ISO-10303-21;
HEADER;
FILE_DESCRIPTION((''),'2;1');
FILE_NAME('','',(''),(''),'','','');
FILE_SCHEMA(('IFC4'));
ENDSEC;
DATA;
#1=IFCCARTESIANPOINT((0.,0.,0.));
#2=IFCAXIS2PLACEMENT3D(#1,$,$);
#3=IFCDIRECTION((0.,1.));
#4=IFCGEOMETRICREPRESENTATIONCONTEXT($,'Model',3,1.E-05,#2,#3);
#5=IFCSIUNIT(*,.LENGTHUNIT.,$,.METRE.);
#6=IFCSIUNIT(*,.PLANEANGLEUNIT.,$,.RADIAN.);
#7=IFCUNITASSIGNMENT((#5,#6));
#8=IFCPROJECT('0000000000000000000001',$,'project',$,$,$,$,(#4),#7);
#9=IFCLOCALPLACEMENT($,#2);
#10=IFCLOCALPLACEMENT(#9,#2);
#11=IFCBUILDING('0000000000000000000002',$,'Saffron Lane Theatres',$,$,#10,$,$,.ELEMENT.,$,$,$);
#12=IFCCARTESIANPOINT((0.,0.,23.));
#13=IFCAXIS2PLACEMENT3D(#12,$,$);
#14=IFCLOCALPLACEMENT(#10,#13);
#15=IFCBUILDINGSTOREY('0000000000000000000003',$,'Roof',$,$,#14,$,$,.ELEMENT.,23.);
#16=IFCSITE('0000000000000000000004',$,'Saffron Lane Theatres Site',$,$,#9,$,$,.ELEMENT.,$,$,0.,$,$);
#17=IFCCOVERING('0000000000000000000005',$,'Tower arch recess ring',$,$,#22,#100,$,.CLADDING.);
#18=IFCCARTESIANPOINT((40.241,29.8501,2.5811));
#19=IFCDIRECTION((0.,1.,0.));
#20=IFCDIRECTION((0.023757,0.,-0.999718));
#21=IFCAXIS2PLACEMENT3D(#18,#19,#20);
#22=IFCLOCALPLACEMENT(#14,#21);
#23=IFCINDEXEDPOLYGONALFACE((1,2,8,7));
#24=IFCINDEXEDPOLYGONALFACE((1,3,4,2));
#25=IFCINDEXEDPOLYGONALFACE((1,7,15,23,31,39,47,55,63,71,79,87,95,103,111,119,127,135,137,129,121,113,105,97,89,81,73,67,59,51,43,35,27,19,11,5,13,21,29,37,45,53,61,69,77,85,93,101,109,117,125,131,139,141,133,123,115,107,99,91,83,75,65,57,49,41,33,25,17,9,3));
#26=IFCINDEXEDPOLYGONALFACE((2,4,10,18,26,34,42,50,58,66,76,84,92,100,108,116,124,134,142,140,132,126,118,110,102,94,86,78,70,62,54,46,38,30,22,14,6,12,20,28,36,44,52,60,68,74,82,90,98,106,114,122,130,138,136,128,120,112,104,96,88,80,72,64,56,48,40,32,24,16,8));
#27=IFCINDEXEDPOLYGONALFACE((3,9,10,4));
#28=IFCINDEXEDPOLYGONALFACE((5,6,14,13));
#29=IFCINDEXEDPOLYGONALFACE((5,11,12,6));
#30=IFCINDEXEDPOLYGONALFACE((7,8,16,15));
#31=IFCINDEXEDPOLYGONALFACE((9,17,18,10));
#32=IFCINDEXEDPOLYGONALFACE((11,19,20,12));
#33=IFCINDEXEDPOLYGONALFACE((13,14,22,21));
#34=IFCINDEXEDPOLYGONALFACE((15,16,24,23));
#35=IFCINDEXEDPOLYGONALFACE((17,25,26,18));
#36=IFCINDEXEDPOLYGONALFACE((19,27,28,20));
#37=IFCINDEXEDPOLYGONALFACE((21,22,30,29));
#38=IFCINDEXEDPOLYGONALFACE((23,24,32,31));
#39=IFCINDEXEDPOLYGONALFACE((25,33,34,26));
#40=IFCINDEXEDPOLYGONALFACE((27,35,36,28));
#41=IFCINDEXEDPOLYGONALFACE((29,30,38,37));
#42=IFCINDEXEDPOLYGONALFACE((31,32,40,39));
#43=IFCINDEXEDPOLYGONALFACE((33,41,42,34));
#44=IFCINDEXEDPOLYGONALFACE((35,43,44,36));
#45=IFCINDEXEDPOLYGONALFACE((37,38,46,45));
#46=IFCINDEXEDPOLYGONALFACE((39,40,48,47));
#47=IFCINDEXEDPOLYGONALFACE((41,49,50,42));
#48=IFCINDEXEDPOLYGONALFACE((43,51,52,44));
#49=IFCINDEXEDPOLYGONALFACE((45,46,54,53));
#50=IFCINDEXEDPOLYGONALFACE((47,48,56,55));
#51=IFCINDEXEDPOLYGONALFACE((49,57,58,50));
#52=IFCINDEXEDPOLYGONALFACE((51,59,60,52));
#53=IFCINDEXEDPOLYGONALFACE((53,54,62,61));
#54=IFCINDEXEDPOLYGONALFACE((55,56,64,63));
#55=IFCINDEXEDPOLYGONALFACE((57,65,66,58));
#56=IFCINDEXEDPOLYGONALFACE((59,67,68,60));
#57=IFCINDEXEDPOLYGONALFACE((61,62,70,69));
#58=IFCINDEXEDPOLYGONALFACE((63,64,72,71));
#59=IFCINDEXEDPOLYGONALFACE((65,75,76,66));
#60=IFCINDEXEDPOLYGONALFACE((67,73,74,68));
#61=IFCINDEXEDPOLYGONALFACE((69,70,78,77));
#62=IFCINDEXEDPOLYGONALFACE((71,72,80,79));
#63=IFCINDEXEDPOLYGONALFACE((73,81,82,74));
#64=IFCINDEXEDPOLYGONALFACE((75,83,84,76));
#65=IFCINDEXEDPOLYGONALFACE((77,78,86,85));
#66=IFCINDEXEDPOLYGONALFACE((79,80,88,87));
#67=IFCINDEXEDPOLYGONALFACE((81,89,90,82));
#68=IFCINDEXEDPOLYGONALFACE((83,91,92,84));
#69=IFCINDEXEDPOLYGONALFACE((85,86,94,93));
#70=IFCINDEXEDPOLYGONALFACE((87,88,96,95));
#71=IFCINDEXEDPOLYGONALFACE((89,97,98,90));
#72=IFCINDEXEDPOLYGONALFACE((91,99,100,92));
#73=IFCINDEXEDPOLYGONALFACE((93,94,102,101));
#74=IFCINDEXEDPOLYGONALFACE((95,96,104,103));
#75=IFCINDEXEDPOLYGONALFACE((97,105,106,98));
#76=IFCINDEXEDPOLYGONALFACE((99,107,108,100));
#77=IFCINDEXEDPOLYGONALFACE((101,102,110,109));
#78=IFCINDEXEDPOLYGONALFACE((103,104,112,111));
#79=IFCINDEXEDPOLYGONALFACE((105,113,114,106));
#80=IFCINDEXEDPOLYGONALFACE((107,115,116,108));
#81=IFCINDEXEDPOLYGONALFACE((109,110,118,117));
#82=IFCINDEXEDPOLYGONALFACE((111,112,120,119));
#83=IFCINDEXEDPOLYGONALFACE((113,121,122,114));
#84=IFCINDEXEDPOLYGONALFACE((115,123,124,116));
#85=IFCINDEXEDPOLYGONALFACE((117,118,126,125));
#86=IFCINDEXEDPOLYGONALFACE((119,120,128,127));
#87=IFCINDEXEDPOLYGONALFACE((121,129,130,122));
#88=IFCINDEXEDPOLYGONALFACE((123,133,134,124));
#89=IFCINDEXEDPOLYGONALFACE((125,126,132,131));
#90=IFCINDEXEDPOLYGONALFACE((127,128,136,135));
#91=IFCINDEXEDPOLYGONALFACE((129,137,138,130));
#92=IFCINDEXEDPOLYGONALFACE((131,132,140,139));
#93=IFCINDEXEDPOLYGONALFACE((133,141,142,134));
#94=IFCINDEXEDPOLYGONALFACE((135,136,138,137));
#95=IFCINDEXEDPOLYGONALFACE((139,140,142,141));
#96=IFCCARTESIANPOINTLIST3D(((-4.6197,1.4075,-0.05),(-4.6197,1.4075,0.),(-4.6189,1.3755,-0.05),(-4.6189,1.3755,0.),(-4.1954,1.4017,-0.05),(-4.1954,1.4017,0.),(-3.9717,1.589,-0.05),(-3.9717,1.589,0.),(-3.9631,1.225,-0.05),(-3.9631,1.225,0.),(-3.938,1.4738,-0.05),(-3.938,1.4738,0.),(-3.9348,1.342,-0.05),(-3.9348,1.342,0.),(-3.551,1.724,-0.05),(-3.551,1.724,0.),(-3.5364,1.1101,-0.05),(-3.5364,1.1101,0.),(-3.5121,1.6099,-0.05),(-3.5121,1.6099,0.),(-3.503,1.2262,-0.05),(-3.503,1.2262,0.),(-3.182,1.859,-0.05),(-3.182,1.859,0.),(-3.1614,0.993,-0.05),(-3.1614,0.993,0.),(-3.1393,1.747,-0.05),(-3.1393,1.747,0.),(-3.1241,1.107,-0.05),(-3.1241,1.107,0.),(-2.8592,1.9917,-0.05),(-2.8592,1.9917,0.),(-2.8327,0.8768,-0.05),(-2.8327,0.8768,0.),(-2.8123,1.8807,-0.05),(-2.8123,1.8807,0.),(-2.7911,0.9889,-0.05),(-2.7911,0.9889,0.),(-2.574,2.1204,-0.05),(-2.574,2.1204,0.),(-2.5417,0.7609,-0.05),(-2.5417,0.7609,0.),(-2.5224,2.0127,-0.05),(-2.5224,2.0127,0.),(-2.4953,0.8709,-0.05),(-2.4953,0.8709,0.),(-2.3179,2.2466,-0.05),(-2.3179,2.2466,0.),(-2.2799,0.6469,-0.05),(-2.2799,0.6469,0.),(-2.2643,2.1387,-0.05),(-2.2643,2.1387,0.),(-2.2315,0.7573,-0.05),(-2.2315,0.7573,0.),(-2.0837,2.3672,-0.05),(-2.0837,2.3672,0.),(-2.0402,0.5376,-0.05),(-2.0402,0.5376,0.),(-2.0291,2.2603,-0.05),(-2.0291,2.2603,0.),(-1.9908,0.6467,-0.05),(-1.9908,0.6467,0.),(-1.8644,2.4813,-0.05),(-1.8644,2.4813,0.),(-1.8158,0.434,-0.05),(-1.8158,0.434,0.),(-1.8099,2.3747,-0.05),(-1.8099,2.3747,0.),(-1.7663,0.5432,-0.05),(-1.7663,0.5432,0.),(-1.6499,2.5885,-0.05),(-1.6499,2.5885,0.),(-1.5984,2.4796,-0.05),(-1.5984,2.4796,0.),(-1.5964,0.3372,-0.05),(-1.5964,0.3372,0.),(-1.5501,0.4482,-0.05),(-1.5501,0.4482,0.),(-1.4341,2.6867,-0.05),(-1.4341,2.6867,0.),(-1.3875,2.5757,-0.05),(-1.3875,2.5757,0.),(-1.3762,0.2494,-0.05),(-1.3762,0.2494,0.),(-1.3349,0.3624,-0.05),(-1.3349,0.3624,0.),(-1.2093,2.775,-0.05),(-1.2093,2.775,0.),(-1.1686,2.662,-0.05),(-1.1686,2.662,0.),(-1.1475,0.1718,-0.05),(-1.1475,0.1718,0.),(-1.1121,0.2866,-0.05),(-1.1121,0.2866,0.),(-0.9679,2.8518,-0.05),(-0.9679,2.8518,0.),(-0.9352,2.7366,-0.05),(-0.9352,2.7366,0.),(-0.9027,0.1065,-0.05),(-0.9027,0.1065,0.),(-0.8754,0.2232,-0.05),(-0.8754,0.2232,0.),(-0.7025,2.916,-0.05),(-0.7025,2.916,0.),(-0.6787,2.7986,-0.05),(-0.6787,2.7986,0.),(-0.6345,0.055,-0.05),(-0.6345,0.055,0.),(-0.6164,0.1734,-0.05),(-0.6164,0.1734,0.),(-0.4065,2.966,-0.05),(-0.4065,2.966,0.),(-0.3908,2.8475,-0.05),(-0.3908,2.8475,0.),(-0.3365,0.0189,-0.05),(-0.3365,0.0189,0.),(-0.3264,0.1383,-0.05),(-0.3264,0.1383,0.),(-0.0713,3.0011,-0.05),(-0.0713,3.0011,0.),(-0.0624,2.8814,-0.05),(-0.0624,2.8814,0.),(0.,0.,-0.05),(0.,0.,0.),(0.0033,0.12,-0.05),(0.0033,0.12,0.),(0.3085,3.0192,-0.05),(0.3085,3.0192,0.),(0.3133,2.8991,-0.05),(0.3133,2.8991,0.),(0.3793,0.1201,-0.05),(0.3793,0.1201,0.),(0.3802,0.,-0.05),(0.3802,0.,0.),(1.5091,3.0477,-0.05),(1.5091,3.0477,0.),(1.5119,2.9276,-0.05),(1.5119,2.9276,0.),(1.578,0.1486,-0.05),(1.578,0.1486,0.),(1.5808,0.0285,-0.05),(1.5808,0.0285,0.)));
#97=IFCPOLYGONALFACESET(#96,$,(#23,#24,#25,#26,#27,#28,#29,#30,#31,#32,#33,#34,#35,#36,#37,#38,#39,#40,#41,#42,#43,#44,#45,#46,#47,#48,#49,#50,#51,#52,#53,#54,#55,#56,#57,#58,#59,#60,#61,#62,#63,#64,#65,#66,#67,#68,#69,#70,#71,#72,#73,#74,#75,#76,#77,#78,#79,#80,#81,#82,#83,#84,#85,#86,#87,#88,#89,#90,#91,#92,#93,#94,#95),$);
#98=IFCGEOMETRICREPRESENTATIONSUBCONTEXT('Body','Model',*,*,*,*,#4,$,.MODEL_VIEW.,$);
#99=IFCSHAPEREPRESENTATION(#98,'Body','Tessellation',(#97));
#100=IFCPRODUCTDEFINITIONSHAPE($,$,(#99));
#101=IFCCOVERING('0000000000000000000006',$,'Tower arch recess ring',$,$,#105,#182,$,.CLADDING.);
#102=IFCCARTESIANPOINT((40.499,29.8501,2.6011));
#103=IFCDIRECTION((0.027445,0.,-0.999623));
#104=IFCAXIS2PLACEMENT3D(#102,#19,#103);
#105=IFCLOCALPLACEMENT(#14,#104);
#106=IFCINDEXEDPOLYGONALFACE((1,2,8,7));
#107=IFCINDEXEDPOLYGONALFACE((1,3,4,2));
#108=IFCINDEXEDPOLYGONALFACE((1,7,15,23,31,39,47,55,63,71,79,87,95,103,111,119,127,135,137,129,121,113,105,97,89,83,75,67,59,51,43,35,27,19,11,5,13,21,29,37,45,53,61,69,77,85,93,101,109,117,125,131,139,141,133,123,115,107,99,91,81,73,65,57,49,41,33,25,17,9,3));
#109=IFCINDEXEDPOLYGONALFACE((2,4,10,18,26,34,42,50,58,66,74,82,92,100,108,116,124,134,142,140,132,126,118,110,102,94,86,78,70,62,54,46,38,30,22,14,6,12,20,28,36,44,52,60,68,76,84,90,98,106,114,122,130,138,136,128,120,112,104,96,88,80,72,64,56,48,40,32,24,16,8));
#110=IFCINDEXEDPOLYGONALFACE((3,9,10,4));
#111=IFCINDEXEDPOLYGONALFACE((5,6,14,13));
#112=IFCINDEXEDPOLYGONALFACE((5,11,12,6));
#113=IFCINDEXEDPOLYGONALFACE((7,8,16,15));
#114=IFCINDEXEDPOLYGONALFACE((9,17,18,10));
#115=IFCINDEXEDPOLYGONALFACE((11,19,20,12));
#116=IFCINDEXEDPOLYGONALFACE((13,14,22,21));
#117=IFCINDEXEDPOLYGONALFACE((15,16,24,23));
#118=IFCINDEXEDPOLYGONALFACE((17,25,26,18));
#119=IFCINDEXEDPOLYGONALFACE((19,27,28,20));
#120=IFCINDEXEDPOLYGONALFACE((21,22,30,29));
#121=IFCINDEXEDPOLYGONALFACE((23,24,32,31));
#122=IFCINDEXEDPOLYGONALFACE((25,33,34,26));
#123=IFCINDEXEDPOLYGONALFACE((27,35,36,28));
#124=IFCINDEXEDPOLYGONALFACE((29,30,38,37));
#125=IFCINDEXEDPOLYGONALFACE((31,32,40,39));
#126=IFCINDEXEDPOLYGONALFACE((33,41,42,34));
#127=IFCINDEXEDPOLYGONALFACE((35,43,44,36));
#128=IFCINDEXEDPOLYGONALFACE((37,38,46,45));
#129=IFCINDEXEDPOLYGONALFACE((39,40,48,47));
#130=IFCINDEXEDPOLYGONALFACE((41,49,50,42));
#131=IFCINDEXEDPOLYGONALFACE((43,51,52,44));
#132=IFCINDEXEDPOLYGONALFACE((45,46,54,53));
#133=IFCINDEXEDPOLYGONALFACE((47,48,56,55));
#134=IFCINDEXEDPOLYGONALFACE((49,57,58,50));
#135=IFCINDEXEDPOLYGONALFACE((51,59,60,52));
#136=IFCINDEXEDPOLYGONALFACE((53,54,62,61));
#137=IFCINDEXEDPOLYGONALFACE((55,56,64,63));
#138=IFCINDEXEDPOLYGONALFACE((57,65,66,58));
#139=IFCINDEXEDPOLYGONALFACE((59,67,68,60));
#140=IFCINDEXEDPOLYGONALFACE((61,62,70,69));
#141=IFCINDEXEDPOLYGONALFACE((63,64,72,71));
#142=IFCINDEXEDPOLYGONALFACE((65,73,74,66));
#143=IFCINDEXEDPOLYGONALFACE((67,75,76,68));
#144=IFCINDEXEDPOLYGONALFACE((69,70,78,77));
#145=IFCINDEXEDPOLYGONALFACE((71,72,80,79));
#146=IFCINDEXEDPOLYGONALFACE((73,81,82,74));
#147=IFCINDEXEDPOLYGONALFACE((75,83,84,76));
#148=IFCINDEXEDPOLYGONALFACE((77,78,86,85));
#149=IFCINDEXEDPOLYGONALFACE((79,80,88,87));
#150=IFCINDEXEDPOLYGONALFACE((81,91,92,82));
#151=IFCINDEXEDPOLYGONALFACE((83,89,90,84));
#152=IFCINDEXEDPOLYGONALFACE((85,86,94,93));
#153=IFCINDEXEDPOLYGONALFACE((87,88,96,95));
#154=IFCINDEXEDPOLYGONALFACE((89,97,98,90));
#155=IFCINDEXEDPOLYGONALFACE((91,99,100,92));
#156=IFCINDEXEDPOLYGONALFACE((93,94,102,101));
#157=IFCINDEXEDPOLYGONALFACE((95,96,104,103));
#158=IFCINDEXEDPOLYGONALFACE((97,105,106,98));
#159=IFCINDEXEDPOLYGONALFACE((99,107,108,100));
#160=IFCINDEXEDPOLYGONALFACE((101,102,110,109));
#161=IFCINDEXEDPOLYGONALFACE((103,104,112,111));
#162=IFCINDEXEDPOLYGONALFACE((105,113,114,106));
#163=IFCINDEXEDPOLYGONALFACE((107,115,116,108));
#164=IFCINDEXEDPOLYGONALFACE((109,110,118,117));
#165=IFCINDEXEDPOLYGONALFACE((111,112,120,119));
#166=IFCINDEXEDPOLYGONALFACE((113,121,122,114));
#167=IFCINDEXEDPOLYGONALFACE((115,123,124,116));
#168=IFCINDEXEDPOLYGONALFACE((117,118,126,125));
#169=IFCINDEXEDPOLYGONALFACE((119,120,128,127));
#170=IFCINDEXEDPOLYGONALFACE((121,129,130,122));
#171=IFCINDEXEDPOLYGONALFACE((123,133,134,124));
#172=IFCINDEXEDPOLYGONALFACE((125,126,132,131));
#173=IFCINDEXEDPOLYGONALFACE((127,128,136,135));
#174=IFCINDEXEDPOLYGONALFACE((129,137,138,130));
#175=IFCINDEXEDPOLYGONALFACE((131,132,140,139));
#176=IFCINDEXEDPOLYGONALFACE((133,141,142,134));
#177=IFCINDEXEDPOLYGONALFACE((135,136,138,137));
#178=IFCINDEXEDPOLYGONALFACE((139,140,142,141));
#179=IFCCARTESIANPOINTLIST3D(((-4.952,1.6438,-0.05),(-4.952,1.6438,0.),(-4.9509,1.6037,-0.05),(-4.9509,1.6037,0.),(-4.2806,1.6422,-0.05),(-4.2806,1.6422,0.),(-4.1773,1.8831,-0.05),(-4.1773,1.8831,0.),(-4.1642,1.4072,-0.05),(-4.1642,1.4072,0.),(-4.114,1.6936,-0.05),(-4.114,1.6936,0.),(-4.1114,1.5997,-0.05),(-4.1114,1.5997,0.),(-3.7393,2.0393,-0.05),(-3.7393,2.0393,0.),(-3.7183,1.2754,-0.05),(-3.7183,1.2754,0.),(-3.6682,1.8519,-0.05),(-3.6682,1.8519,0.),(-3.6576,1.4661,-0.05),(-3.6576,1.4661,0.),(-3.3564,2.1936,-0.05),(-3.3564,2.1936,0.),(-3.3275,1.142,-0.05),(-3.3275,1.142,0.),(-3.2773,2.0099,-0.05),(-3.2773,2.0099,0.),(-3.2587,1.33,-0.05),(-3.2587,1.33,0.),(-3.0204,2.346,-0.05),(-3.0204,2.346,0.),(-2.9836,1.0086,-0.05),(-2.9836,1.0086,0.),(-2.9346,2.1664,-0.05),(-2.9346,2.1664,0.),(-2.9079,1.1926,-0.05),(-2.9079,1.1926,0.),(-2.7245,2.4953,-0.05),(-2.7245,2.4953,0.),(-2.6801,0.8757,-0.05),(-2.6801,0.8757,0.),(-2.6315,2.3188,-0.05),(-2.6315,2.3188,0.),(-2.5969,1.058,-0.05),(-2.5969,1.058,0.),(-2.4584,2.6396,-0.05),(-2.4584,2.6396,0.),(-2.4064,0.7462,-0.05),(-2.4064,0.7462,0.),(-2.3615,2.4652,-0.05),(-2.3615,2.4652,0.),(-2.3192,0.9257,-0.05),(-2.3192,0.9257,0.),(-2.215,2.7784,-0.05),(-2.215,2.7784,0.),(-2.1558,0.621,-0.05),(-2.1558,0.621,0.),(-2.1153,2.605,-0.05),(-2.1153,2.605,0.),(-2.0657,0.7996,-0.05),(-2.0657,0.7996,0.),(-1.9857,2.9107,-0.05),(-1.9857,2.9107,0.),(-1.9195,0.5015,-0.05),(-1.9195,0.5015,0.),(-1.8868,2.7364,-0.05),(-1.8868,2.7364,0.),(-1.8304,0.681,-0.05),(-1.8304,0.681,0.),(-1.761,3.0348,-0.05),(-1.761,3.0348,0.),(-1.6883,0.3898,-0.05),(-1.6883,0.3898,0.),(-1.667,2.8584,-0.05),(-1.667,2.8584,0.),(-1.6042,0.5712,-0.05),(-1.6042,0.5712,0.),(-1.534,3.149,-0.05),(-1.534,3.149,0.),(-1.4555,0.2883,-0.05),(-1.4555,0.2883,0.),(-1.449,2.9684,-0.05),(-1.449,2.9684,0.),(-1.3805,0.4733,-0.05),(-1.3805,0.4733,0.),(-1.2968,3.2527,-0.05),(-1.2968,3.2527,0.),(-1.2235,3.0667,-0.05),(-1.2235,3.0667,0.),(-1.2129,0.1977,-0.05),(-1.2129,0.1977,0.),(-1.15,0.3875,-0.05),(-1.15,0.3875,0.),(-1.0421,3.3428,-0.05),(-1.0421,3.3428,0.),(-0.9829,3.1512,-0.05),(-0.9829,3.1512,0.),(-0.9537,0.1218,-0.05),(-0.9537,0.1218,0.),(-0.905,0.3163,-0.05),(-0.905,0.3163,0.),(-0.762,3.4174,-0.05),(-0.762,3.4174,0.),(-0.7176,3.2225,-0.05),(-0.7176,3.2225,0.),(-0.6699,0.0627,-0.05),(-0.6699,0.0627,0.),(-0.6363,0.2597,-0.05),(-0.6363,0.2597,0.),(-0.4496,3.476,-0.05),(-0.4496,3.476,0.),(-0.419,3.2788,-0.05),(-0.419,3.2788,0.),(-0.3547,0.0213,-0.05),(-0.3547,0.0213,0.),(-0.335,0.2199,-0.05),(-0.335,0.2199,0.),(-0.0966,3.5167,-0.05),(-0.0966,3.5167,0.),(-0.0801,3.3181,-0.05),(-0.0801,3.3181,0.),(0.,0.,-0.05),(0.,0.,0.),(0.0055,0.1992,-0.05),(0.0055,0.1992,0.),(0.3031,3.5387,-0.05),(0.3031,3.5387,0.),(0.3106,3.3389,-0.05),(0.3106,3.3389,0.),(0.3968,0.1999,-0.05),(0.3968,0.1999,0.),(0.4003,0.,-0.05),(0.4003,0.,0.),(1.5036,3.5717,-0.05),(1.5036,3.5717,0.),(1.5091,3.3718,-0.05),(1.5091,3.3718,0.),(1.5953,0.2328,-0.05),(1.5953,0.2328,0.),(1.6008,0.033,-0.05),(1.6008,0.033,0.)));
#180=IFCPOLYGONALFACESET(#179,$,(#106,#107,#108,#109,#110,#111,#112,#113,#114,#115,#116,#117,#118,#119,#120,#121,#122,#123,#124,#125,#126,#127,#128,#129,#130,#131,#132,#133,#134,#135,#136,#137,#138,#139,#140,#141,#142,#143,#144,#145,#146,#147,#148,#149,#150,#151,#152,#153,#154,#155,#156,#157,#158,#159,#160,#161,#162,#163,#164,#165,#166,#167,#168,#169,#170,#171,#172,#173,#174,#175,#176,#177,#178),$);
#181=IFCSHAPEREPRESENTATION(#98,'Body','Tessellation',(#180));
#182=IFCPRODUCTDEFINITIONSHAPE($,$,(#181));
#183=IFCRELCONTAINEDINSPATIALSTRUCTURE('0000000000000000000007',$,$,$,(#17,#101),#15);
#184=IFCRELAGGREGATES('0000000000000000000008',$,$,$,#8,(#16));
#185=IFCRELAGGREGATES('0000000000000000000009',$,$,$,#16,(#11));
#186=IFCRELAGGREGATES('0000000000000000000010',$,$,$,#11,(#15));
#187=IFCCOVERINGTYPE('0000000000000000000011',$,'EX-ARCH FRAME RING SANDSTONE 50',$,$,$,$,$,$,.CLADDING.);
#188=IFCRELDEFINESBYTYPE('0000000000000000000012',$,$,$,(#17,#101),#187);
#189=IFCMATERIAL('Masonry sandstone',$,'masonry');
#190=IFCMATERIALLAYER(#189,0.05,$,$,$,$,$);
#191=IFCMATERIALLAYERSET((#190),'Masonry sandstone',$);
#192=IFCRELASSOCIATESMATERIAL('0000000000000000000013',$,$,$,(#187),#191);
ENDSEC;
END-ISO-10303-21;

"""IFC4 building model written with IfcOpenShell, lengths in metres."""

from ifc_helpers import new_model, si_unit, direction, frame, origin, place, context, subcontext, project, spatial, polyline, outline, extrude, material, layer, layer_set, type_object, element, save


model = new_model("IFC4")

# Units and contexts
model_context = context("Model", 3, precision=1e-05, world=origin(), true_north=direction((0.0, 1.0)))
body_context = subcontext(model_context, "Body", "Model", "MODEL_VIEW")
ifc_project = project(units=[si_unit("LENGTHUNIT", "METRE"), si_unit("PLANEANGLEUNIT", "RADIAN")], contexts=[model_context])

# Site, building, storey
site_placement = place(None, origin())
site = spatial("IfcSite", under=ifc_project, at=site_placement, Name="Saffron Lane Theatres Site", CompositionType="ELEMENT", RefElevation=0.0)
building_placement = place(site_placement, origin())
building = spatial("IfcBuilding", under=site, at=building_placement, Name="Saffron Lane Theatres", CompositionType="ELEMENT")
storey_placement = place(building_placement, frame((0.0, 0.0, 23.0)))
storey = spatial("IfcBuildingStorey", under=building, at=storey_placement, Name="Roof", CompositionType="ELEMENT", Elevation=23.0)

# Coverings
ifc_material_1 = material(Name="Masonry sandstone", Category="masonry")
ifc_layer_1 = layer(ifc_material_1, 0.05)
ifc_layer_set_1 = layer_set([ifc_layer_1], Name="Masonry sandstone")
covering_type_1 = type_object("IfcCoveringType", Name="EX-ARCH FRAME RING SANDSTONE 50", PredefinedType="CLADDING", material=ifc_layer_set_1)
covering_1_placement = place(storey_placement, frame((40.241, 29.8501, 2.5811), z_axis=(0.0, 1.0, 0.0), x_axis=(0.023757, 0.0, -0.999718)))
element("IfcCovering", 1, at=covering_1_placement, inside=storey, type_object=covering_type_1, Name="Tower arch recess ring", PredefinedType="CLADDING", context=body_context, shape_type="SweptSolid", body=[
    extrude(outline(polyline([(0.0, 0.0), (0.3802, 0.0), (1.5808, 0.0285), (1.578, 0.1486), (0.3793, 0.1201), (0.0033, 0.12), (-0.3264, 0.1383), (-0.6164, 0.1734), (-0.8754, 0.2232), (-1.1121, 0.2866), (-1.3349, 0.3624), (-1.5501, 0.4482), (-1.7663, 0.5432), (-1.9908, 0.6467), (-2.2315, 0.7573), (-2.4953, 0.8709), (-2.7911, 0.9889), (-3.1241, 1.107), (-3.503, 1.2262), (-3.9348, 1.342), (-4.1954, 1.4017), (-3.938, 1.4738), (-3.5121, 1.6099), (-3.1393, 1.747), (-2.8123, 1.8807), (-2.5224, 2.0127), (-2.2643, 2.1387), (-2.0291, 2.2603), (-1.8099, 2.3747), (-1.5984, 2.4796), (-1.3875, 2.5757), (-1.1686, 2.662), (-0.9352, 2.7366), (-0.6787, 2.7986), (-0.3908, 2.8475), (-0.0624, 2.8814), (0.3133, 2.8991), (1.5119, 2.9276), (1.5091, 3.0477), (0.3085, 3.0192), (-0.0713, 3.0011), (-0.4065, 2.966), (-0.7025, 2.916), (-0.9679, 2.8518), (-1.2093, 2.775), (-1.4341, 2.6867), (-1.6499, 2.5885), (-1.8644, 2.4813), (-2.0837, 2.3672), (-2.3179, 2.2466), (-2.574, 2.1204), (-2.8592, 1.9917), (-3.182, 1.859), (-3.551, 1.724), (-3.9717, 1.589), (-4.6197, 1.4075), (-4.6189, 1.3755), (-3.9631, 1.225), (-3.5364, 1.1101), (-3.1614, 0.993), (-2.8327, 0.8768), (-2.5417, 0.7609), (-2.2799, 0.6469), (-2.0402, 0.5376), (-1.8158, 0.434), (-1.5964, 0.3372), (-1.3762, 0.2494), (-1.1475, 0.1718), (-0.9027, 0.1065), (-0.6345, 0.055), (-0.3365, 0.0189), (0.0, 0.0)])), origin(), (0.0, 0.0, -1.0), 0.05),
])
covering_2_placement = place(storey_placement, frame((40.499, 29.8501, 2.6011), z_axis=(0.0, 1.0, 0.0), x_axis=(0.027445, 0.0, -0.999623)))
element("IfcCovering", 2, at=covering_2_placement, inside=storey, type_object=covering_type_1, Name="Tower arch recess ring", PredefinedType="CLADDING", context=body_context, shape_type="SweptSolid", body=[
    extrude(outline(polyline([(0.0, 0.0), (0.4003, 0.0), (1.6008, 0.033), (1.5953, 0.2328), (0.3968, 0.1999), (0.0055, 0.1992), (-0.335, 0.2199), (-0.6363, 0.2597), (-0.905, 0.3163), (-1.15, 0.3875), (-1.3805, 0.4733), (-1.6042, 0.5712), (-1.8304, 0.681), (-2.0657, 0.7996), (-2.3192, 0.9257), (-2.5969, 1.058), (-2.9079, 1.1926), (-3.2587, 1.33), (-3.6576, 1.4661), (-4.1114, 1.5997), (-4.2806, 1.6422), (-4.114, 1.6936), (-3.6682, 1.8519), (-3.2773, 2.0099), (-2.9346, 2.1664), (-2.6315, 2.3188), (-2.3615, 2.4652), (-2.1153, 2.605), (-1.8868, 2.7364), (-1.667, 2.8584), (-1.449, 2.9684), (-1.2235, 3.0667), (-0.9829, 3.1512), (-0.7176, 3.2225), (-0.419, 3.2788), (-0.0801, 3.3181), (0.3106, 3.3389), (1.5091, 3.3718), (1.5036, 3.5717), (0.3031, 3.5387), (-0.0966, 3.5167), (-0.4496, 3.476), (-0.762, 3.4174), (-1.0421, 3.3428), (-1.2968, 3.2527), (-1.534, 3.149), (-1.761, 3.0348), (-1.9857, 2.9107), (-2.215, 2.7784), (-2.4584, 2.6396), (-2.7245, 2.4953), (-3.0204, 2.346), (-3.3564, 2.1936), (-3.7393, 2.0393), (-4.1773, 1.8831), (-4.952, 1.6438), (-4.9509, 1.6037), (-4.1642, 1.4072), (-3.7183, 1.2754), (-3.3275, 1.142), (-2.9836, 1.0086), (-2.6801, 0.8757), (-2.4064, 0.7462), (-2.1558, 0.621), (-1.9195, 0.5015), (-1.6883, 0.3898), (-1.4555, 0.2883), (-1.2129, 0.1977), (-0.9537, 0.1218), (-0.6699, 0.0627), (-0.3547, 0.0213), (0.0, 0.0)])), origin(), (0.0, 0.0, -1.0), 0.05),
])

save(model, "model.ifc")
